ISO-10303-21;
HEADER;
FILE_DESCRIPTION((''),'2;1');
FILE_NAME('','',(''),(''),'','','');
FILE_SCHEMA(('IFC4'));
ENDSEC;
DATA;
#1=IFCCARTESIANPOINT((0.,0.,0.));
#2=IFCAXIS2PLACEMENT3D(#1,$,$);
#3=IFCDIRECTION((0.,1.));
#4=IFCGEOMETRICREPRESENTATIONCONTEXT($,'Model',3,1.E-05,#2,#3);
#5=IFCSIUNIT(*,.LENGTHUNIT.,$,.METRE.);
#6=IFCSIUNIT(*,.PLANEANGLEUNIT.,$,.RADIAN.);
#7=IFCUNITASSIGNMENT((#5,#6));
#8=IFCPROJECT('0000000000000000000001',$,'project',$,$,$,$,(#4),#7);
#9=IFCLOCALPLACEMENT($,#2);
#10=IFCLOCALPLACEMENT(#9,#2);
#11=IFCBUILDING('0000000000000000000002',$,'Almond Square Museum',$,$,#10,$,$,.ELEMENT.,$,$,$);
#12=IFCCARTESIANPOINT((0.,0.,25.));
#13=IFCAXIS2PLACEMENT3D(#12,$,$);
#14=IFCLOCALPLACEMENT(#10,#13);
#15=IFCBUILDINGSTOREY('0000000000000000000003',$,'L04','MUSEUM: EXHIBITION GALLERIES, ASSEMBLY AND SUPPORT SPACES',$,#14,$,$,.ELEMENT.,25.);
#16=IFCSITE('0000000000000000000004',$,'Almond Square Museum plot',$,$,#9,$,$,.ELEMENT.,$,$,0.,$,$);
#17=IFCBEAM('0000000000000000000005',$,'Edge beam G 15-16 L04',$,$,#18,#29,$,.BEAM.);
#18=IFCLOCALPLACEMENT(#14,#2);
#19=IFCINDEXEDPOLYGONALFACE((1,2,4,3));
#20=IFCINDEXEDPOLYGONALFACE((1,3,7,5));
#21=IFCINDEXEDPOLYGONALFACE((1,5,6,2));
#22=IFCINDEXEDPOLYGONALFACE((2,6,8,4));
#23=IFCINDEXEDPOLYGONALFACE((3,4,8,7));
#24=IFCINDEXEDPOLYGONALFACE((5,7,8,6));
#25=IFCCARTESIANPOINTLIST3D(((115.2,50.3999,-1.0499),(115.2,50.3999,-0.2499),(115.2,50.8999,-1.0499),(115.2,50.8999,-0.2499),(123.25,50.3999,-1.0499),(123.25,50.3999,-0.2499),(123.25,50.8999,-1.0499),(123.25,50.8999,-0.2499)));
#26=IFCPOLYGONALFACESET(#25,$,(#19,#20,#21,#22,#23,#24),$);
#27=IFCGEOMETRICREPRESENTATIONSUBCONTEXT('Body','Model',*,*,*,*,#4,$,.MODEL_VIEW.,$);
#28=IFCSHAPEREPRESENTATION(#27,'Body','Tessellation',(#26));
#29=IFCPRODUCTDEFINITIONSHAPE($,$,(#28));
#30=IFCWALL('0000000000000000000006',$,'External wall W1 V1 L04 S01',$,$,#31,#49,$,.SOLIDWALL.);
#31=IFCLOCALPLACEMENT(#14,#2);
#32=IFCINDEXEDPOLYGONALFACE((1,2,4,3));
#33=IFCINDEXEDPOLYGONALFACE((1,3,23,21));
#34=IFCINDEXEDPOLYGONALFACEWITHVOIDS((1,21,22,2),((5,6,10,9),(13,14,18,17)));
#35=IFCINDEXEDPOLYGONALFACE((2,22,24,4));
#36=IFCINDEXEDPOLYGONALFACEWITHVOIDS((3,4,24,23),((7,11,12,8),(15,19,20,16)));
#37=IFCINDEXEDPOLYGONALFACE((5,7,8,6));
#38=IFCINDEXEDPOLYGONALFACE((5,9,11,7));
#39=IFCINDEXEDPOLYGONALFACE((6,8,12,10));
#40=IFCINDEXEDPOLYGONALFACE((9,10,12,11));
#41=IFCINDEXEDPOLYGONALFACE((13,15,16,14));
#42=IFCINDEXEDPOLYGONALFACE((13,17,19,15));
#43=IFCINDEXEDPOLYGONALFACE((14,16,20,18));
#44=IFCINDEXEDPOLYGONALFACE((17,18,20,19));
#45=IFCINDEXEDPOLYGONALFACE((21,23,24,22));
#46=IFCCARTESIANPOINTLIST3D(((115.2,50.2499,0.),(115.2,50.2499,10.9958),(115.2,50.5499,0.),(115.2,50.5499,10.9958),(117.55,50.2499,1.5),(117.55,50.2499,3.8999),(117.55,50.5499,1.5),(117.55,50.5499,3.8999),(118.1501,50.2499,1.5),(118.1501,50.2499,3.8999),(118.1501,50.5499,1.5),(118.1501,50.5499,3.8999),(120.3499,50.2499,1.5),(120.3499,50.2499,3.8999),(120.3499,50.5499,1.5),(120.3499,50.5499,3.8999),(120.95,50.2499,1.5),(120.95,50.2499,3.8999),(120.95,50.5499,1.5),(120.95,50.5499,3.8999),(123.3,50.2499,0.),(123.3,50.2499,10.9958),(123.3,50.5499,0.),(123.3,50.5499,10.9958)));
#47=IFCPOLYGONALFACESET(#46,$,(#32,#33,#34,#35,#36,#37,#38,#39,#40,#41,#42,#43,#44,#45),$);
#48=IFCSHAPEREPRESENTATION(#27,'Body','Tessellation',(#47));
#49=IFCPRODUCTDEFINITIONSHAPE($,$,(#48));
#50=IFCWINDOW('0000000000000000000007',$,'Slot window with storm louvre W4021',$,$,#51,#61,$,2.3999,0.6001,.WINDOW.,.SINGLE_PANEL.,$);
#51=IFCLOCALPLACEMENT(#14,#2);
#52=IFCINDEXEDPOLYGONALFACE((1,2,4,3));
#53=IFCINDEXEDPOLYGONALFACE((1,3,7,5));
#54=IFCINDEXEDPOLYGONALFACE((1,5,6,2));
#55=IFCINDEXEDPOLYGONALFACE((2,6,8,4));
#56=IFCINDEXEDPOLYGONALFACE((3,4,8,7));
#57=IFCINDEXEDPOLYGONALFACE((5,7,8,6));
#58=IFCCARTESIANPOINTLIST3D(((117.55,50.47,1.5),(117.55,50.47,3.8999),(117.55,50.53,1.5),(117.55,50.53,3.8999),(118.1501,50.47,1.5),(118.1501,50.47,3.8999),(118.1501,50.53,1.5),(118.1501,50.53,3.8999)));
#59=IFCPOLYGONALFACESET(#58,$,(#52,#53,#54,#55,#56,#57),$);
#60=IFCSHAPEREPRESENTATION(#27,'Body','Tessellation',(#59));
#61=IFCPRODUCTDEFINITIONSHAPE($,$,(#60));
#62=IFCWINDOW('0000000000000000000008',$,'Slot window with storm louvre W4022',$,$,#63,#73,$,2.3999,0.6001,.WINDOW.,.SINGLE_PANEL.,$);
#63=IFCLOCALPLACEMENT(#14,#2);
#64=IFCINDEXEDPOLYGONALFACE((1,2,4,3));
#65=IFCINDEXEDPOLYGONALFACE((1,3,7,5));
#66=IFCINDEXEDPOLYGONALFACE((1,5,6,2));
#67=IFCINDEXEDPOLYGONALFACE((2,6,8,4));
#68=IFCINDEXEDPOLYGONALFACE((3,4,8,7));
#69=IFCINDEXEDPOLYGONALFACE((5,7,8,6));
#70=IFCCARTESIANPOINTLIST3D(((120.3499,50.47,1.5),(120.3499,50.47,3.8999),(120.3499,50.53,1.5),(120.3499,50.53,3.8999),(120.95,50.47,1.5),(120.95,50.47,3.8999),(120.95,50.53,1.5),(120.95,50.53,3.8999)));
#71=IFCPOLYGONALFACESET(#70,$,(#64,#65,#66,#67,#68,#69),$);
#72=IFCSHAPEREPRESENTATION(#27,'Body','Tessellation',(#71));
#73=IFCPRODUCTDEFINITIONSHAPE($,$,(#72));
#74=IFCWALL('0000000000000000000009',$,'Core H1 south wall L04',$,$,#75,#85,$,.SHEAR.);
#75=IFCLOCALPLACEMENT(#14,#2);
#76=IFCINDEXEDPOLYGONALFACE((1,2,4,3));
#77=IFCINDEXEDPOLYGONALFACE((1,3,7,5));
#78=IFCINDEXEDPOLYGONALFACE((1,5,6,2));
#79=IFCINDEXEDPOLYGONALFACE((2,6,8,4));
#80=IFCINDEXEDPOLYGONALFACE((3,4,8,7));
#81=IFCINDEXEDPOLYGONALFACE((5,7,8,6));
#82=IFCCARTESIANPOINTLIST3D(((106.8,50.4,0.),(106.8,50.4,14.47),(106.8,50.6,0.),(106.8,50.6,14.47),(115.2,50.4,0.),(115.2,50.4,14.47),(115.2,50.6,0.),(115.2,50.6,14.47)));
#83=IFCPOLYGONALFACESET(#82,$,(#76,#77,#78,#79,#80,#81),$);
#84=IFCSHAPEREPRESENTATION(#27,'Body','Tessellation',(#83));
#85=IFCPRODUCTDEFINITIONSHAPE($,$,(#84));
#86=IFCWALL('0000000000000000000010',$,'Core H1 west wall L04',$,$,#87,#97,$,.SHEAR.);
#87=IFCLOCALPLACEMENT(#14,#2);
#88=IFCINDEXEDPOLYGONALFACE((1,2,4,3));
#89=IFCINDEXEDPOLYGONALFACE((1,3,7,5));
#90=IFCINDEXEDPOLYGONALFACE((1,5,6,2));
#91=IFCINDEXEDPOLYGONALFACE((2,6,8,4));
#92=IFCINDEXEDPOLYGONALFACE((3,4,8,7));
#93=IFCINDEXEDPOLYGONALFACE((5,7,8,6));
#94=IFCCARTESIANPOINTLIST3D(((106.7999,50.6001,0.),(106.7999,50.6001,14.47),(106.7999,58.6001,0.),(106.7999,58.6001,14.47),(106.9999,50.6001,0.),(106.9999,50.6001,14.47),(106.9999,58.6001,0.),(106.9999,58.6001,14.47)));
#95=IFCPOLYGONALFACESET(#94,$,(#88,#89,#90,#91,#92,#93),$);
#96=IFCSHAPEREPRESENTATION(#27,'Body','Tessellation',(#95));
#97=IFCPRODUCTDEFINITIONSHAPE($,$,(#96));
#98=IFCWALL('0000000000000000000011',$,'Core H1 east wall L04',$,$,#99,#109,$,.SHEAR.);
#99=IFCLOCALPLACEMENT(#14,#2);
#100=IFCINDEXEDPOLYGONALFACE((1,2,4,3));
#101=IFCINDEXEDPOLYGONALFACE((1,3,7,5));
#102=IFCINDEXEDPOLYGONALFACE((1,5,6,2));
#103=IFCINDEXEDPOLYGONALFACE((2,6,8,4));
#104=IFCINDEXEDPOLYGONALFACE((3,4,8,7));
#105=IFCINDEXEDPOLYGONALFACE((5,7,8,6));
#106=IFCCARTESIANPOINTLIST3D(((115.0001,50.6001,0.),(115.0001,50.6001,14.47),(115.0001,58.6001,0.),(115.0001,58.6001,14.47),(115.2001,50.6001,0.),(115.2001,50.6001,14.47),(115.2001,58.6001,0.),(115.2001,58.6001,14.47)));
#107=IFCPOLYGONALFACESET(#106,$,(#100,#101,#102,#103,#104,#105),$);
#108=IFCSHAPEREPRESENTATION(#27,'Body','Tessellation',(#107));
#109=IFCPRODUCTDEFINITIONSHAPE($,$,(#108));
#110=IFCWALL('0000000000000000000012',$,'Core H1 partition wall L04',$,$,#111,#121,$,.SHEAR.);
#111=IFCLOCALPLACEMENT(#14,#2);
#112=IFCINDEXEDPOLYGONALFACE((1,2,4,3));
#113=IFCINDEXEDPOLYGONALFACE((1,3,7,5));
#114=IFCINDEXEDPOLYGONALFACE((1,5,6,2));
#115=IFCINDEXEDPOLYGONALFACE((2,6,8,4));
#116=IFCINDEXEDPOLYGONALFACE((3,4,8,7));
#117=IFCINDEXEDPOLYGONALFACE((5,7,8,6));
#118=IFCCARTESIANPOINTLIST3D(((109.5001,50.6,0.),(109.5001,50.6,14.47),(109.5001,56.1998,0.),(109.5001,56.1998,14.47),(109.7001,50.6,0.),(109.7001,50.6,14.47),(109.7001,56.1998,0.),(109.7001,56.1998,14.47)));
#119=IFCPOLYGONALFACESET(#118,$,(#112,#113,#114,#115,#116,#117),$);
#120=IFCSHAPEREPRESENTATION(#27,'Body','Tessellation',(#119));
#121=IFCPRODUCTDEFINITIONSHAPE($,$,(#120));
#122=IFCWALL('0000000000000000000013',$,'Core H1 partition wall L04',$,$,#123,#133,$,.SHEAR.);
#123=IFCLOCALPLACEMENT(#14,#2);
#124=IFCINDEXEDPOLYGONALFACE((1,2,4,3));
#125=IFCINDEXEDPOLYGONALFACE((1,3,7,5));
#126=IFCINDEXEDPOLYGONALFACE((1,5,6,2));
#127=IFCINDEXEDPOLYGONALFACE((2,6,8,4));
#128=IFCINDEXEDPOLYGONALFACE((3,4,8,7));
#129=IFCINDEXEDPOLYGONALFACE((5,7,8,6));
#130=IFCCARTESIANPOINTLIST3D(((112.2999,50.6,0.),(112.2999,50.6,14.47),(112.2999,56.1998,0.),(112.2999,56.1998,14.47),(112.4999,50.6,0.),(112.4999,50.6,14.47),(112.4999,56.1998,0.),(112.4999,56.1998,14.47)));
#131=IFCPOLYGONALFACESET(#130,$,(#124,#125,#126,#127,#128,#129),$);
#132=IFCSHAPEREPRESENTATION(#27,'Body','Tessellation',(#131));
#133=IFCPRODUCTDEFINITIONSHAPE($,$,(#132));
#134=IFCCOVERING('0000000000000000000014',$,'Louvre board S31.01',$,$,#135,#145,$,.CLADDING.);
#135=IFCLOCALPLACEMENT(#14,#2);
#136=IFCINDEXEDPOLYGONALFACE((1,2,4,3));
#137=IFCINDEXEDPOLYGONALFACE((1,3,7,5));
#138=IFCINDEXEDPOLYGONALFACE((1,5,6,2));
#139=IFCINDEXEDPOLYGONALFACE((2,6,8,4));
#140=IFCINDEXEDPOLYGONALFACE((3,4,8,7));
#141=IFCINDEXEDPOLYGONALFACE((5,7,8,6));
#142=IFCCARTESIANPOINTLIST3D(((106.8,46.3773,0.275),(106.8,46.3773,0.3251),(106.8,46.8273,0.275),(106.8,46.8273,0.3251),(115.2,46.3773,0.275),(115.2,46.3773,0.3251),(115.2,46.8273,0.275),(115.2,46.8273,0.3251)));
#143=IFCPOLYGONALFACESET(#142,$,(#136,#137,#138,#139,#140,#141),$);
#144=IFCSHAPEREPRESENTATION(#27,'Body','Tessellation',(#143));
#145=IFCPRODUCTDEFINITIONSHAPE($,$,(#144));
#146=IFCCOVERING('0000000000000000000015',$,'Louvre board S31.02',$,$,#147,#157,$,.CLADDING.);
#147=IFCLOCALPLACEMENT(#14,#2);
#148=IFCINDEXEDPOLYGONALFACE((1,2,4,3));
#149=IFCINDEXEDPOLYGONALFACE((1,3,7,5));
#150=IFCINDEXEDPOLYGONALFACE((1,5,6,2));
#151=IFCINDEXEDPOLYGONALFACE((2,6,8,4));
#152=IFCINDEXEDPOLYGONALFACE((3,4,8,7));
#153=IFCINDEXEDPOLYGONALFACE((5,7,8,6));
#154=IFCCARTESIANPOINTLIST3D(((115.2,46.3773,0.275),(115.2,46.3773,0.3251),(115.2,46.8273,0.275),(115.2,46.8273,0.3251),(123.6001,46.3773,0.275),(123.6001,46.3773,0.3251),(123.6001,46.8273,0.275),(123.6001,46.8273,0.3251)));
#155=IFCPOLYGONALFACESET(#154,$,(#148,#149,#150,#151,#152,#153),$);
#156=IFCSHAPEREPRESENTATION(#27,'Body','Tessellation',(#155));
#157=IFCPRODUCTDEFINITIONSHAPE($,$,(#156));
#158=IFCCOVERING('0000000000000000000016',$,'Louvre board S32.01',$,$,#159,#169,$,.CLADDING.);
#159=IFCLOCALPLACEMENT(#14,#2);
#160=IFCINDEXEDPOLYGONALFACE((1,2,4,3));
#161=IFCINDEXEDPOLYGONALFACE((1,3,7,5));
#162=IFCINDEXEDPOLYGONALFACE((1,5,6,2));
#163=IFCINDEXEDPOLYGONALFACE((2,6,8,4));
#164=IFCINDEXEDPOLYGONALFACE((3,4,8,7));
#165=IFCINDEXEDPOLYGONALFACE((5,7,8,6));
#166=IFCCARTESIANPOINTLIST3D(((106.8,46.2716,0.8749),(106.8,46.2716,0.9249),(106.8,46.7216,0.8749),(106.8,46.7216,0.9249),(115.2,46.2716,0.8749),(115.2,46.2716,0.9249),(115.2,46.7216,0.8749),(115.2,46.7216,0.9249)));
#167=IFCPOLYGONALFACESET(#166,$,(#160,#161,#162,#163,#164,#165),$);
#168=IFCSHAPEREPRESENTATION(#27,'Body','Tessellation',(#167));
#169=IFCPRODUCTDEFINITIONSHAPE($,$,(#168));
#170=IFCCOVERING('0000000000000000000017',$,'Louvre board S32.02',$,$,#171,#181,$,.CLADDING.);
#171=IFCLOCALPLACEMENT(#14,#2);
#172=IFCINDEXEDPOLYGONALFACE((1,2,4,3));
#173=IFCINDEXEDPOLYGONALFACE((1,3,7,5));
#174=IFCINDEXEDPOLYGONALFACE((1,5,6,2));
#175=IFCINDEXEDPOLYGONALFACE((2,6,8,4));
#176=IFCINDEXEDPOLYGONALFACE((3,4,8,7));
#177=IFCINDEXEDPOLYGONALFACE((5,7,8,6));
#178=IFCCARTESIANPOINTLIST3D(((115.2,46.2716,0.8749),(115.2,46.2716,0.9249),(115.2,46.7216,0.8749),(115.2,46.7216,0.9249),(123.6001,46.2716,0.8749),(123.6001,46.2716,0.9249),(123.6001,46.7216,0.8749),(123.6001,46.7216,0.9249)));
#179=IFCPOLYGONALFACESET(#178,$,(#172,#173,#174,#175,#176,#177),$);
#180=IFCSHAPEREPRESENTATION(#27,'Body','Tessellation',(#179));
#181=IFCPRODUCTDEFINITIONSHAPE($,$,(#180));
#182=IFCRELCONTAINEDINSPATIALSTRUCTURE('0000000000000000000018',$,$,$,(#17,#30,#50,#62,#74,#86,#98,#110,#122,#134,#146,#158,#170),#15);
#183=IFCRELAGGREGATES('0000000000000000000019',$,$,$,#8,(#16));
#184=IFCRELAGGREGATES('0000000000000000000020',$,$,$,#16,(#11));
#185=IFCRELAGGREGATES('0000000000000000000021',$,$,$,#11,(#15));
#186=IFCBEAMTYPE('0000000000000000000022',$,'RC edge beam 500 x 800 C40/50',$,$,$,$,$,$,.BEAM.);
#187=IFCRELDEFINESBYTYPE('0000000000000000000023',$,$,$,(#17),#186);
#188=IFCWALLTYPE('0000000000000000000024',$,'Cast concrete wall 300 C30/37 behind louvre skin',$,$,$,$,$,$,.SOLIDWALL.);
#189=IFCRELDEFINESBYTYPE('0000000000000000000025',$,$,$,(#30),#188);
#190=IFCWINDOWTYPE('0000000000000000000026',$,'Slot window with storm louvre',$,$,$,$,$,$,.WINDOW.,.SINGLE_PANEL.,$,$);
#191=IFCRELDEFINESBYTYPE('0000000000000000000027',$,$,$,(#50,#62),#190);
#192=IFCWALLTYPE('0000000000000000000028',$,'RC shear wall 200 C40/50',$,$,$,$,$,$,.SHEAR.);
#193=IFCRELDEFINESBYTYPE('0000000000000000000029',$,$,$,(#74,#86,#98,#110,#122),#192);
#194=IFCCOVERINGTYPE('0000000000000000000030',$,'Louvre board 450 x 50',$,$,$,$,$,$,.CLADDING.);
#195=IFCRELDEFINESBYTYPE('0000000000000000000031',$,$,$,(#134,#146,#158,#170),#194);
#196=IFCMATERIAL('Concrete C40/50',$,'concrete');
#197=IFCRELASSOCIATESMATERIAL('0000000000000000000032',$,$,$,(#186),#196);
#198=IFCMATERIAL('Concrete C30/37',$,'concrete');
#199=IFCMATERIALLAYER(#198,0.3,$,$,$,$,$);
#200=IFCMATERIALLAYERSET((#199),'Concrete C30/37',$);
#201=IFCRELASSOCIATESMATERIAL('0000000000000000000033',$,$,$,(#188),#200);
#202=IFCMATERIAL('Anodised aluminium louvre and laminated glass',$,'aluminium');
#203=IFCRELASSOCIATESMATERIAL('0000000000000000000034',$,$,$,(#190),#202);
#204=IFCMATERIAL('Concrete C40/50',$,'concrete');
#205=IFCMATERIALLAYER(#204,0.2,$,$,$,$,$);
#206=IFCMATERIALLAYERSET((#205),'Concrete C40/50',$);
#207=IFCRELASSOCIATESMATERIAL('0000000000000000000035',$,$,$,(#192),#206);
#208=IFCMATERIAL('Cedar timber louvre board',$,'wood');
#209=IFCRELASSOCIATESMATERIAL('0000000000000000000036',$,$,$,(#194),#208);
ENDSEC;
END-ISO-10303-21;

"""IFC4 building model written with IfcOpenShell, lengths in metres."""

from ifc_helpers import new_model, si_unit, direction, frame, frame_2d, origin, origin_2d, place, context, subcontext, project, spatial, rectangle, extrude, material, layer, layer_set, material_profile, profile_set, type_object, element, fill, save


model = new_model("IFC4")

# Units and contexts
model_context = context("Model", 3, precision=1e-05, world=origin(), true_north=direction((0.0, 1.0)))
body_context = subcontext(model_context, "Body", "Model", "MODEL_VIEW")
ifc_project = project(units=[si_unit("LENGTHUNIT", "METRE"), si_unit("PLANEANGLEUNIT", "RADIAN")], contexts=[model_context])

# Site, building, storey
site_placement = place(None, origin())
site = spatial("IfcSite", under=ifc_project, at=site_placement, Name="Almond Square Museum plot", CompositionType="ELEMENT", RefElevation=0.0)
building_placement = place(site_placement, origin())
building = spatial("IfcBuilding", under=site, at=building_placement, Name="Almond Square Museum", CompositionType="ELEMENT")
storey_placement = place(building_placement, frame((0.0, 0.0, 25.0)))
storey = spatial("IfcBuildingStorey", under=building, at=storey_placement, Name="L04", Description="MUSEUM: EXHIBITION GALLERIES, ASSEMBLY AND SUPPORT SPACES", CompositionType="ELEMENT", Elevation=25.0)

# Beam
ifc_material_1 = material(Name="Concrete C40/50", Category="concrete")
ifc_material_profile_1 = material_profile(ifc_material_1, rectangle(XDim=0.5, YDim=0.8, at=origin_2d()))
ifc_profile_set_1 = profile_set([ifc_material_profile_1], Name="Concrete C40/50")
beam_type = type_object("IfcBeamType", Name="RC edge beam 500 x 800 C40/50", PredefinedType="BEAM", material=ifc_profile_set_1)
beam_placement = place(storey_placement, frame((115.2, 50.6499, -0.6499), z_axis=(1.0, 0.0, 0.0), x_axis=(0.0, 1.0, 0.0)))
element("IfcBeam", 1, at=beam_placement, inside=storey, type_object=beam_type, Name="Edge beam G 15-16 L04", PredefinedType="BEAM", context=body_context, shape_type="SweptSolid", body=[
    extrude(rectangle(XDim=0.5, YDim=0.8, at=origin_2d()), origin(), (0.0, 0.0, 1.0), 8.05),
])

# Wall, openings, windows
ifc_material_2 = material(Name="Concrete C30/37", Category="concrete")
ifc_layer_1 = layer(ifc_material_2, 0.3)
ifc_layer_set_1 = layer_set([ifc_layer_1], Name="Concrete C30/37")
wall_type_1 = type_object("IfcWallType", Name="Cast concrete wall 300 C30/37 behind louvre skin", PredefinedType="SOLIDWALL", material=ifc_layer_set_1)
wall_1_placement = place(storey_placement, frame((115.2, 50.3999, 0.0), z_axis=(0.0, 0.0, 1.0), x_axis=(1.0, 0.0, 0.0)))
wall_1 = element("IfcWall", 2, at=wall_1_placement, inside=storey, type_object=wall_type_1, Name="External wall W1 V1 L04 S01", PredefinedType="SOLIDWALL", context=body_context, shape_type="SweptSolid", body=[
    extrude(rectangle(XDim=8.1001, YDim=0.3, at=frame_2d((4.05, 0.0))), origin(), (0.0, 0.0, 1.0), 10.9958),
])
opening_1_placement = place(wall_1_placement, frame((2.3501, 0.0, 1.5)))
opening_1 = element("IfcOpeningElement", 3, at=opening_1_placement, cuts=wall_1, PredefinedType="OPENING", context=body_context, shape_type="SweptSolid", body=[
    extrude(rectangle(XDim=0.6001, YDim=2.3999, at=frame_2d((0.3, 1.2))), frame((0.0, 0.1599, 0.0), z_axis=(0.0, -1.0, 0.0), x_axis=(1.0, 0.0, 0.0)), (0.0, 0.0, 1.0), 0.3201),
])
opening_2_placement = place(wall_1_placement, frame((5.1499, 0.0, 1.5)))
opening_2 = element("IfcOpeningElement", 4, at=opening_2_placement, cuts=wall_1, PredefinedType="OPENING", context=body_context, shape_type="SweptSolid", body=[
    extrude(rectangle(XDim=0.6001, YDim=2.3999, at=frame_2d((0.3, 1.2))), frame((0.0, 0.1599, 0.0), z_axis=(0.0, -1.0, 0.0), x_axis=(1.0, 0.0, 0.0)), (0.0, 0.0, 1.0), 0.3201),
])
ifc_material_3 = material(Name="Anodised aluminium louvre and laminated glass", Category="aluminium")
window_type = type_object("IfcWindowType", Name="Slot window with storm louvre", PartitioningType="SINGLE_PANEL", PredefinedType="WINDOW", material=ifc_material_3)
window_1_placement = place(opening_1_placement, origin())
window_1 = element("IfcWindow", 5, at=window_1_placement, inside=storey, type_object=window_type, Name="Slot window with storm louvre W4021", OverallHeight=2.3999, OverallWidth=0.6001, PartitioningType="SINGLE_PANEL", PredefinedType="WINDOW", context=body_context, shape_type="SweptSolid", body=[
    extrude(rectangle(XDim=0.6001, YDim=2.3999, at=frame_2d((0.3, 1.2))), frame((0.0, 0.1301, 0.0), z_axis=(0.0, -1.0, 0.0), x_axis=(1.0, 0.0, 0.0)), (0.0, 0.0, 1.0), 0.0601),
])
fill(opening_1, window_1)
window_2_placement = place(opening_2_placement, origin())
window_2 = element("IfcWindow", 6, at=window_2_placement, inside=storey, type_object=window_type, Name="Slot window with storm louvre W4022", OverallHeight=2.3999, OverallWidth=0.6001, PartitioningType="SINGLE_PANEL", PredefinedType="WINDOW", context=body_context, shape_type="SweptSolid", body=[
    extrude(rectangle(XDim=0.6001, YDim=2.3999, at=frame_2d((0.3, 1.2))), frame((0.0, 0.1301, 0.0), z_axis=(0.0, -1.0, 0.0), x_axis=(1.0, 0.0, 0.0)), (0.0, 0.0, 1.0), 0.0601),
])
fill(opening_2, window_2)

# Walls
ifc_material_4 = material(Name="Concrete C40/50", Category="concrete")
ifc_layer_2 = layer(ifc_material_4, 0.2)
ifc_layer_set_2 = layer_set([ifc_layer_2], Name="Concrete C40/50")
wall_type_2 = type_object("IfcWallType", Name="RC shear wall 200 C40/50", PredefinedType="SHEAR", material=ifc_layer_set_2)
wall_2_placement = place(storey_placement, frame((106.8, 50.5, 0.0), z_axis=(0.0, 0.0, 1.0), x_axis=(1.0, 0.0, 0.0)))
element("IfcWall", 7, at=wall_2_placement, inside=storey, type_object=wall_type_2, Name="Core H1 south wall L04", PredefinedType="SHEAR", context=body_context, shape_type="SweptSolid", body=[
    extrude(rectangle(XDim=8.3999, YDim=0.2, at=frame_2d((4.2, 0.0))), origin(), (0.0, 0.0, 1.0), 14.47),
])
for number, where, z_axis, x_axis, name in (
    (8, (106.8999, 50.6001, 0.0), (0.0, 0.0, 1.0), (0.0, 1.0, 0.0), "Core H1 west wall L04"),
    (9, (115.1001, 50.6001, 0.0), (0.0, 0.0, 1.0), (0.0, 1.0, 0.0), "Core H1 east wall L04"),
):
    element("IfcWall", number, at=place(storey_placement, frame(where, z_axis=z_axis, x_axis=x_axis)), inside=storey, type_object=wall_type_2, Name=name, PredefinedType="SHEAR", context=body_context, shape_type="SweptSolid", body=[
        extrude(rectangle(XDim=8.0, YDim=0.2, at=frame_2d((4.0, 0.0))), origin(), (0.0, 0.0, 1.0), 14.47),
    ])
for number, where, z_axis, x_axis, name in (
    (10, (109.6001, 50.6001, 0.0), (0.0, 0.0, 1.0), (0.0, 1.0, 0.0), "Core H1 partition wall L04"),
    (11, (112.3999, 50.6001, 0.0), (0.0, 0.0, 1.0), (0.0, 1.0, 0.0), "Core H1 partition wall L04"),
):
    element("IfcWall", number, at=place(storey_placement, frame(where, z_axis=z_axis, x_axis=x_axis)), inside=storey, type_object=wall_type_2, Name=name, PredefinedType="SHEAR", context=body_context, shape_type="SweptSolid", body=[
        extrude(rectangle(XDim=5.5999, YDim=0.2, at=frame_2d((2.7998, 0.0))), origin(), (0.0, 0.0, 1.0), 14.47),
    ])

# Coverings
ifc_material_5 = material(Name="Cedar timber louvre board", Category="wood")
ifc_material_profile_2 = material_profile(ifc_material_5, rectangle(XDim=0.45, YDim=0.05, at=origin_2d()))
ifc_profile_set_2 = profile_set([ifc_material_profile_2], Name="Cedar timber louvre board")
covering_type_1 = type_object("IfcCoveringType", Name="Louvre board 450 x 50", PredefinedType="CLADDING", material=ifc_profile_set_2)
covering_1_placement = place(storey_placement, frame((106.8, 46.6023, 0.3), z_axis=(1.0, 0.0, 0.0), x_axis=(0.0, 1.0, 0.0)))
element("IfcCovering", 12, at=covering_1_placement, inside=storey, type_object=covering_type_1, Name="Louvre board S31.01", PredefinedType="CLADDING", context=body_context, shape_type="SweptSolid", body=[
    extrude(rectangle(XDim=0.45, YDim=0.05, at=origin_2d()), origin(), (0.0, 0.0, 1.0), 8.3999),
])
covering_2_placement = place(storey_placement, frame((115.2, 46.6023, 0.3), z_axis=(1.0, 0.0, 0.0), x_axis=(0.0, 1.0, 0.0)))
element("IfcCovering", 13, at=covering_2_placement, inside=storey, type_object=covering_type_1, Name="Louvre board S31.02", PredefinedType="CLADDING", context=body_context, shape_type="SweptSolid", body=[
    extrude(rectangle(XDim=0.45, YDim=0.05, at=origin_2d()), origin(), (0.0, 0.0, 1.0), 8.4001),
])
covering_3_placement = place(storey_placement, frame((106.8, 46.4966, 0.8999), z_axis=(1.0, 0.0, 0.0), x_axis=(0.0, 1.0, 0.0)))
element("IfcCovering", 14, at=covering_3_placement, inside=storey, type_object=covering_type_1, Name="Louvre board S32.01", PredefinedType="CLADDING", context=body_context, shape_type="SweptSolid", body=[
    extrude(rectangle(XDim=0.45, YDim=0.05, at=origin_2d()), origin(), (0.0, 0.0, 1.0), 8.3999),
])
covering_4_placement = place(storey_placement, frame((115.2, 46.4966, 0.8999), z_axis=(1.0, 0.0, 0.0), x_axis=(0.0, 1.0, 0.0)))
element("IfcCovering", 15, at=covering_4_placement, inside=storey, type_object=covering_type_1, Name="Louvre board S32.02", PredefinedType="CLADDING", context=body_context, shape_type="SweptSolid", body=[
    extrude(rectangle(XDim=0.45, YDim=0.05, at=origin_2d()), origin(), (0.0, 0.0, 1.0), 8.4001),
])

save(model, "model.ifc")
